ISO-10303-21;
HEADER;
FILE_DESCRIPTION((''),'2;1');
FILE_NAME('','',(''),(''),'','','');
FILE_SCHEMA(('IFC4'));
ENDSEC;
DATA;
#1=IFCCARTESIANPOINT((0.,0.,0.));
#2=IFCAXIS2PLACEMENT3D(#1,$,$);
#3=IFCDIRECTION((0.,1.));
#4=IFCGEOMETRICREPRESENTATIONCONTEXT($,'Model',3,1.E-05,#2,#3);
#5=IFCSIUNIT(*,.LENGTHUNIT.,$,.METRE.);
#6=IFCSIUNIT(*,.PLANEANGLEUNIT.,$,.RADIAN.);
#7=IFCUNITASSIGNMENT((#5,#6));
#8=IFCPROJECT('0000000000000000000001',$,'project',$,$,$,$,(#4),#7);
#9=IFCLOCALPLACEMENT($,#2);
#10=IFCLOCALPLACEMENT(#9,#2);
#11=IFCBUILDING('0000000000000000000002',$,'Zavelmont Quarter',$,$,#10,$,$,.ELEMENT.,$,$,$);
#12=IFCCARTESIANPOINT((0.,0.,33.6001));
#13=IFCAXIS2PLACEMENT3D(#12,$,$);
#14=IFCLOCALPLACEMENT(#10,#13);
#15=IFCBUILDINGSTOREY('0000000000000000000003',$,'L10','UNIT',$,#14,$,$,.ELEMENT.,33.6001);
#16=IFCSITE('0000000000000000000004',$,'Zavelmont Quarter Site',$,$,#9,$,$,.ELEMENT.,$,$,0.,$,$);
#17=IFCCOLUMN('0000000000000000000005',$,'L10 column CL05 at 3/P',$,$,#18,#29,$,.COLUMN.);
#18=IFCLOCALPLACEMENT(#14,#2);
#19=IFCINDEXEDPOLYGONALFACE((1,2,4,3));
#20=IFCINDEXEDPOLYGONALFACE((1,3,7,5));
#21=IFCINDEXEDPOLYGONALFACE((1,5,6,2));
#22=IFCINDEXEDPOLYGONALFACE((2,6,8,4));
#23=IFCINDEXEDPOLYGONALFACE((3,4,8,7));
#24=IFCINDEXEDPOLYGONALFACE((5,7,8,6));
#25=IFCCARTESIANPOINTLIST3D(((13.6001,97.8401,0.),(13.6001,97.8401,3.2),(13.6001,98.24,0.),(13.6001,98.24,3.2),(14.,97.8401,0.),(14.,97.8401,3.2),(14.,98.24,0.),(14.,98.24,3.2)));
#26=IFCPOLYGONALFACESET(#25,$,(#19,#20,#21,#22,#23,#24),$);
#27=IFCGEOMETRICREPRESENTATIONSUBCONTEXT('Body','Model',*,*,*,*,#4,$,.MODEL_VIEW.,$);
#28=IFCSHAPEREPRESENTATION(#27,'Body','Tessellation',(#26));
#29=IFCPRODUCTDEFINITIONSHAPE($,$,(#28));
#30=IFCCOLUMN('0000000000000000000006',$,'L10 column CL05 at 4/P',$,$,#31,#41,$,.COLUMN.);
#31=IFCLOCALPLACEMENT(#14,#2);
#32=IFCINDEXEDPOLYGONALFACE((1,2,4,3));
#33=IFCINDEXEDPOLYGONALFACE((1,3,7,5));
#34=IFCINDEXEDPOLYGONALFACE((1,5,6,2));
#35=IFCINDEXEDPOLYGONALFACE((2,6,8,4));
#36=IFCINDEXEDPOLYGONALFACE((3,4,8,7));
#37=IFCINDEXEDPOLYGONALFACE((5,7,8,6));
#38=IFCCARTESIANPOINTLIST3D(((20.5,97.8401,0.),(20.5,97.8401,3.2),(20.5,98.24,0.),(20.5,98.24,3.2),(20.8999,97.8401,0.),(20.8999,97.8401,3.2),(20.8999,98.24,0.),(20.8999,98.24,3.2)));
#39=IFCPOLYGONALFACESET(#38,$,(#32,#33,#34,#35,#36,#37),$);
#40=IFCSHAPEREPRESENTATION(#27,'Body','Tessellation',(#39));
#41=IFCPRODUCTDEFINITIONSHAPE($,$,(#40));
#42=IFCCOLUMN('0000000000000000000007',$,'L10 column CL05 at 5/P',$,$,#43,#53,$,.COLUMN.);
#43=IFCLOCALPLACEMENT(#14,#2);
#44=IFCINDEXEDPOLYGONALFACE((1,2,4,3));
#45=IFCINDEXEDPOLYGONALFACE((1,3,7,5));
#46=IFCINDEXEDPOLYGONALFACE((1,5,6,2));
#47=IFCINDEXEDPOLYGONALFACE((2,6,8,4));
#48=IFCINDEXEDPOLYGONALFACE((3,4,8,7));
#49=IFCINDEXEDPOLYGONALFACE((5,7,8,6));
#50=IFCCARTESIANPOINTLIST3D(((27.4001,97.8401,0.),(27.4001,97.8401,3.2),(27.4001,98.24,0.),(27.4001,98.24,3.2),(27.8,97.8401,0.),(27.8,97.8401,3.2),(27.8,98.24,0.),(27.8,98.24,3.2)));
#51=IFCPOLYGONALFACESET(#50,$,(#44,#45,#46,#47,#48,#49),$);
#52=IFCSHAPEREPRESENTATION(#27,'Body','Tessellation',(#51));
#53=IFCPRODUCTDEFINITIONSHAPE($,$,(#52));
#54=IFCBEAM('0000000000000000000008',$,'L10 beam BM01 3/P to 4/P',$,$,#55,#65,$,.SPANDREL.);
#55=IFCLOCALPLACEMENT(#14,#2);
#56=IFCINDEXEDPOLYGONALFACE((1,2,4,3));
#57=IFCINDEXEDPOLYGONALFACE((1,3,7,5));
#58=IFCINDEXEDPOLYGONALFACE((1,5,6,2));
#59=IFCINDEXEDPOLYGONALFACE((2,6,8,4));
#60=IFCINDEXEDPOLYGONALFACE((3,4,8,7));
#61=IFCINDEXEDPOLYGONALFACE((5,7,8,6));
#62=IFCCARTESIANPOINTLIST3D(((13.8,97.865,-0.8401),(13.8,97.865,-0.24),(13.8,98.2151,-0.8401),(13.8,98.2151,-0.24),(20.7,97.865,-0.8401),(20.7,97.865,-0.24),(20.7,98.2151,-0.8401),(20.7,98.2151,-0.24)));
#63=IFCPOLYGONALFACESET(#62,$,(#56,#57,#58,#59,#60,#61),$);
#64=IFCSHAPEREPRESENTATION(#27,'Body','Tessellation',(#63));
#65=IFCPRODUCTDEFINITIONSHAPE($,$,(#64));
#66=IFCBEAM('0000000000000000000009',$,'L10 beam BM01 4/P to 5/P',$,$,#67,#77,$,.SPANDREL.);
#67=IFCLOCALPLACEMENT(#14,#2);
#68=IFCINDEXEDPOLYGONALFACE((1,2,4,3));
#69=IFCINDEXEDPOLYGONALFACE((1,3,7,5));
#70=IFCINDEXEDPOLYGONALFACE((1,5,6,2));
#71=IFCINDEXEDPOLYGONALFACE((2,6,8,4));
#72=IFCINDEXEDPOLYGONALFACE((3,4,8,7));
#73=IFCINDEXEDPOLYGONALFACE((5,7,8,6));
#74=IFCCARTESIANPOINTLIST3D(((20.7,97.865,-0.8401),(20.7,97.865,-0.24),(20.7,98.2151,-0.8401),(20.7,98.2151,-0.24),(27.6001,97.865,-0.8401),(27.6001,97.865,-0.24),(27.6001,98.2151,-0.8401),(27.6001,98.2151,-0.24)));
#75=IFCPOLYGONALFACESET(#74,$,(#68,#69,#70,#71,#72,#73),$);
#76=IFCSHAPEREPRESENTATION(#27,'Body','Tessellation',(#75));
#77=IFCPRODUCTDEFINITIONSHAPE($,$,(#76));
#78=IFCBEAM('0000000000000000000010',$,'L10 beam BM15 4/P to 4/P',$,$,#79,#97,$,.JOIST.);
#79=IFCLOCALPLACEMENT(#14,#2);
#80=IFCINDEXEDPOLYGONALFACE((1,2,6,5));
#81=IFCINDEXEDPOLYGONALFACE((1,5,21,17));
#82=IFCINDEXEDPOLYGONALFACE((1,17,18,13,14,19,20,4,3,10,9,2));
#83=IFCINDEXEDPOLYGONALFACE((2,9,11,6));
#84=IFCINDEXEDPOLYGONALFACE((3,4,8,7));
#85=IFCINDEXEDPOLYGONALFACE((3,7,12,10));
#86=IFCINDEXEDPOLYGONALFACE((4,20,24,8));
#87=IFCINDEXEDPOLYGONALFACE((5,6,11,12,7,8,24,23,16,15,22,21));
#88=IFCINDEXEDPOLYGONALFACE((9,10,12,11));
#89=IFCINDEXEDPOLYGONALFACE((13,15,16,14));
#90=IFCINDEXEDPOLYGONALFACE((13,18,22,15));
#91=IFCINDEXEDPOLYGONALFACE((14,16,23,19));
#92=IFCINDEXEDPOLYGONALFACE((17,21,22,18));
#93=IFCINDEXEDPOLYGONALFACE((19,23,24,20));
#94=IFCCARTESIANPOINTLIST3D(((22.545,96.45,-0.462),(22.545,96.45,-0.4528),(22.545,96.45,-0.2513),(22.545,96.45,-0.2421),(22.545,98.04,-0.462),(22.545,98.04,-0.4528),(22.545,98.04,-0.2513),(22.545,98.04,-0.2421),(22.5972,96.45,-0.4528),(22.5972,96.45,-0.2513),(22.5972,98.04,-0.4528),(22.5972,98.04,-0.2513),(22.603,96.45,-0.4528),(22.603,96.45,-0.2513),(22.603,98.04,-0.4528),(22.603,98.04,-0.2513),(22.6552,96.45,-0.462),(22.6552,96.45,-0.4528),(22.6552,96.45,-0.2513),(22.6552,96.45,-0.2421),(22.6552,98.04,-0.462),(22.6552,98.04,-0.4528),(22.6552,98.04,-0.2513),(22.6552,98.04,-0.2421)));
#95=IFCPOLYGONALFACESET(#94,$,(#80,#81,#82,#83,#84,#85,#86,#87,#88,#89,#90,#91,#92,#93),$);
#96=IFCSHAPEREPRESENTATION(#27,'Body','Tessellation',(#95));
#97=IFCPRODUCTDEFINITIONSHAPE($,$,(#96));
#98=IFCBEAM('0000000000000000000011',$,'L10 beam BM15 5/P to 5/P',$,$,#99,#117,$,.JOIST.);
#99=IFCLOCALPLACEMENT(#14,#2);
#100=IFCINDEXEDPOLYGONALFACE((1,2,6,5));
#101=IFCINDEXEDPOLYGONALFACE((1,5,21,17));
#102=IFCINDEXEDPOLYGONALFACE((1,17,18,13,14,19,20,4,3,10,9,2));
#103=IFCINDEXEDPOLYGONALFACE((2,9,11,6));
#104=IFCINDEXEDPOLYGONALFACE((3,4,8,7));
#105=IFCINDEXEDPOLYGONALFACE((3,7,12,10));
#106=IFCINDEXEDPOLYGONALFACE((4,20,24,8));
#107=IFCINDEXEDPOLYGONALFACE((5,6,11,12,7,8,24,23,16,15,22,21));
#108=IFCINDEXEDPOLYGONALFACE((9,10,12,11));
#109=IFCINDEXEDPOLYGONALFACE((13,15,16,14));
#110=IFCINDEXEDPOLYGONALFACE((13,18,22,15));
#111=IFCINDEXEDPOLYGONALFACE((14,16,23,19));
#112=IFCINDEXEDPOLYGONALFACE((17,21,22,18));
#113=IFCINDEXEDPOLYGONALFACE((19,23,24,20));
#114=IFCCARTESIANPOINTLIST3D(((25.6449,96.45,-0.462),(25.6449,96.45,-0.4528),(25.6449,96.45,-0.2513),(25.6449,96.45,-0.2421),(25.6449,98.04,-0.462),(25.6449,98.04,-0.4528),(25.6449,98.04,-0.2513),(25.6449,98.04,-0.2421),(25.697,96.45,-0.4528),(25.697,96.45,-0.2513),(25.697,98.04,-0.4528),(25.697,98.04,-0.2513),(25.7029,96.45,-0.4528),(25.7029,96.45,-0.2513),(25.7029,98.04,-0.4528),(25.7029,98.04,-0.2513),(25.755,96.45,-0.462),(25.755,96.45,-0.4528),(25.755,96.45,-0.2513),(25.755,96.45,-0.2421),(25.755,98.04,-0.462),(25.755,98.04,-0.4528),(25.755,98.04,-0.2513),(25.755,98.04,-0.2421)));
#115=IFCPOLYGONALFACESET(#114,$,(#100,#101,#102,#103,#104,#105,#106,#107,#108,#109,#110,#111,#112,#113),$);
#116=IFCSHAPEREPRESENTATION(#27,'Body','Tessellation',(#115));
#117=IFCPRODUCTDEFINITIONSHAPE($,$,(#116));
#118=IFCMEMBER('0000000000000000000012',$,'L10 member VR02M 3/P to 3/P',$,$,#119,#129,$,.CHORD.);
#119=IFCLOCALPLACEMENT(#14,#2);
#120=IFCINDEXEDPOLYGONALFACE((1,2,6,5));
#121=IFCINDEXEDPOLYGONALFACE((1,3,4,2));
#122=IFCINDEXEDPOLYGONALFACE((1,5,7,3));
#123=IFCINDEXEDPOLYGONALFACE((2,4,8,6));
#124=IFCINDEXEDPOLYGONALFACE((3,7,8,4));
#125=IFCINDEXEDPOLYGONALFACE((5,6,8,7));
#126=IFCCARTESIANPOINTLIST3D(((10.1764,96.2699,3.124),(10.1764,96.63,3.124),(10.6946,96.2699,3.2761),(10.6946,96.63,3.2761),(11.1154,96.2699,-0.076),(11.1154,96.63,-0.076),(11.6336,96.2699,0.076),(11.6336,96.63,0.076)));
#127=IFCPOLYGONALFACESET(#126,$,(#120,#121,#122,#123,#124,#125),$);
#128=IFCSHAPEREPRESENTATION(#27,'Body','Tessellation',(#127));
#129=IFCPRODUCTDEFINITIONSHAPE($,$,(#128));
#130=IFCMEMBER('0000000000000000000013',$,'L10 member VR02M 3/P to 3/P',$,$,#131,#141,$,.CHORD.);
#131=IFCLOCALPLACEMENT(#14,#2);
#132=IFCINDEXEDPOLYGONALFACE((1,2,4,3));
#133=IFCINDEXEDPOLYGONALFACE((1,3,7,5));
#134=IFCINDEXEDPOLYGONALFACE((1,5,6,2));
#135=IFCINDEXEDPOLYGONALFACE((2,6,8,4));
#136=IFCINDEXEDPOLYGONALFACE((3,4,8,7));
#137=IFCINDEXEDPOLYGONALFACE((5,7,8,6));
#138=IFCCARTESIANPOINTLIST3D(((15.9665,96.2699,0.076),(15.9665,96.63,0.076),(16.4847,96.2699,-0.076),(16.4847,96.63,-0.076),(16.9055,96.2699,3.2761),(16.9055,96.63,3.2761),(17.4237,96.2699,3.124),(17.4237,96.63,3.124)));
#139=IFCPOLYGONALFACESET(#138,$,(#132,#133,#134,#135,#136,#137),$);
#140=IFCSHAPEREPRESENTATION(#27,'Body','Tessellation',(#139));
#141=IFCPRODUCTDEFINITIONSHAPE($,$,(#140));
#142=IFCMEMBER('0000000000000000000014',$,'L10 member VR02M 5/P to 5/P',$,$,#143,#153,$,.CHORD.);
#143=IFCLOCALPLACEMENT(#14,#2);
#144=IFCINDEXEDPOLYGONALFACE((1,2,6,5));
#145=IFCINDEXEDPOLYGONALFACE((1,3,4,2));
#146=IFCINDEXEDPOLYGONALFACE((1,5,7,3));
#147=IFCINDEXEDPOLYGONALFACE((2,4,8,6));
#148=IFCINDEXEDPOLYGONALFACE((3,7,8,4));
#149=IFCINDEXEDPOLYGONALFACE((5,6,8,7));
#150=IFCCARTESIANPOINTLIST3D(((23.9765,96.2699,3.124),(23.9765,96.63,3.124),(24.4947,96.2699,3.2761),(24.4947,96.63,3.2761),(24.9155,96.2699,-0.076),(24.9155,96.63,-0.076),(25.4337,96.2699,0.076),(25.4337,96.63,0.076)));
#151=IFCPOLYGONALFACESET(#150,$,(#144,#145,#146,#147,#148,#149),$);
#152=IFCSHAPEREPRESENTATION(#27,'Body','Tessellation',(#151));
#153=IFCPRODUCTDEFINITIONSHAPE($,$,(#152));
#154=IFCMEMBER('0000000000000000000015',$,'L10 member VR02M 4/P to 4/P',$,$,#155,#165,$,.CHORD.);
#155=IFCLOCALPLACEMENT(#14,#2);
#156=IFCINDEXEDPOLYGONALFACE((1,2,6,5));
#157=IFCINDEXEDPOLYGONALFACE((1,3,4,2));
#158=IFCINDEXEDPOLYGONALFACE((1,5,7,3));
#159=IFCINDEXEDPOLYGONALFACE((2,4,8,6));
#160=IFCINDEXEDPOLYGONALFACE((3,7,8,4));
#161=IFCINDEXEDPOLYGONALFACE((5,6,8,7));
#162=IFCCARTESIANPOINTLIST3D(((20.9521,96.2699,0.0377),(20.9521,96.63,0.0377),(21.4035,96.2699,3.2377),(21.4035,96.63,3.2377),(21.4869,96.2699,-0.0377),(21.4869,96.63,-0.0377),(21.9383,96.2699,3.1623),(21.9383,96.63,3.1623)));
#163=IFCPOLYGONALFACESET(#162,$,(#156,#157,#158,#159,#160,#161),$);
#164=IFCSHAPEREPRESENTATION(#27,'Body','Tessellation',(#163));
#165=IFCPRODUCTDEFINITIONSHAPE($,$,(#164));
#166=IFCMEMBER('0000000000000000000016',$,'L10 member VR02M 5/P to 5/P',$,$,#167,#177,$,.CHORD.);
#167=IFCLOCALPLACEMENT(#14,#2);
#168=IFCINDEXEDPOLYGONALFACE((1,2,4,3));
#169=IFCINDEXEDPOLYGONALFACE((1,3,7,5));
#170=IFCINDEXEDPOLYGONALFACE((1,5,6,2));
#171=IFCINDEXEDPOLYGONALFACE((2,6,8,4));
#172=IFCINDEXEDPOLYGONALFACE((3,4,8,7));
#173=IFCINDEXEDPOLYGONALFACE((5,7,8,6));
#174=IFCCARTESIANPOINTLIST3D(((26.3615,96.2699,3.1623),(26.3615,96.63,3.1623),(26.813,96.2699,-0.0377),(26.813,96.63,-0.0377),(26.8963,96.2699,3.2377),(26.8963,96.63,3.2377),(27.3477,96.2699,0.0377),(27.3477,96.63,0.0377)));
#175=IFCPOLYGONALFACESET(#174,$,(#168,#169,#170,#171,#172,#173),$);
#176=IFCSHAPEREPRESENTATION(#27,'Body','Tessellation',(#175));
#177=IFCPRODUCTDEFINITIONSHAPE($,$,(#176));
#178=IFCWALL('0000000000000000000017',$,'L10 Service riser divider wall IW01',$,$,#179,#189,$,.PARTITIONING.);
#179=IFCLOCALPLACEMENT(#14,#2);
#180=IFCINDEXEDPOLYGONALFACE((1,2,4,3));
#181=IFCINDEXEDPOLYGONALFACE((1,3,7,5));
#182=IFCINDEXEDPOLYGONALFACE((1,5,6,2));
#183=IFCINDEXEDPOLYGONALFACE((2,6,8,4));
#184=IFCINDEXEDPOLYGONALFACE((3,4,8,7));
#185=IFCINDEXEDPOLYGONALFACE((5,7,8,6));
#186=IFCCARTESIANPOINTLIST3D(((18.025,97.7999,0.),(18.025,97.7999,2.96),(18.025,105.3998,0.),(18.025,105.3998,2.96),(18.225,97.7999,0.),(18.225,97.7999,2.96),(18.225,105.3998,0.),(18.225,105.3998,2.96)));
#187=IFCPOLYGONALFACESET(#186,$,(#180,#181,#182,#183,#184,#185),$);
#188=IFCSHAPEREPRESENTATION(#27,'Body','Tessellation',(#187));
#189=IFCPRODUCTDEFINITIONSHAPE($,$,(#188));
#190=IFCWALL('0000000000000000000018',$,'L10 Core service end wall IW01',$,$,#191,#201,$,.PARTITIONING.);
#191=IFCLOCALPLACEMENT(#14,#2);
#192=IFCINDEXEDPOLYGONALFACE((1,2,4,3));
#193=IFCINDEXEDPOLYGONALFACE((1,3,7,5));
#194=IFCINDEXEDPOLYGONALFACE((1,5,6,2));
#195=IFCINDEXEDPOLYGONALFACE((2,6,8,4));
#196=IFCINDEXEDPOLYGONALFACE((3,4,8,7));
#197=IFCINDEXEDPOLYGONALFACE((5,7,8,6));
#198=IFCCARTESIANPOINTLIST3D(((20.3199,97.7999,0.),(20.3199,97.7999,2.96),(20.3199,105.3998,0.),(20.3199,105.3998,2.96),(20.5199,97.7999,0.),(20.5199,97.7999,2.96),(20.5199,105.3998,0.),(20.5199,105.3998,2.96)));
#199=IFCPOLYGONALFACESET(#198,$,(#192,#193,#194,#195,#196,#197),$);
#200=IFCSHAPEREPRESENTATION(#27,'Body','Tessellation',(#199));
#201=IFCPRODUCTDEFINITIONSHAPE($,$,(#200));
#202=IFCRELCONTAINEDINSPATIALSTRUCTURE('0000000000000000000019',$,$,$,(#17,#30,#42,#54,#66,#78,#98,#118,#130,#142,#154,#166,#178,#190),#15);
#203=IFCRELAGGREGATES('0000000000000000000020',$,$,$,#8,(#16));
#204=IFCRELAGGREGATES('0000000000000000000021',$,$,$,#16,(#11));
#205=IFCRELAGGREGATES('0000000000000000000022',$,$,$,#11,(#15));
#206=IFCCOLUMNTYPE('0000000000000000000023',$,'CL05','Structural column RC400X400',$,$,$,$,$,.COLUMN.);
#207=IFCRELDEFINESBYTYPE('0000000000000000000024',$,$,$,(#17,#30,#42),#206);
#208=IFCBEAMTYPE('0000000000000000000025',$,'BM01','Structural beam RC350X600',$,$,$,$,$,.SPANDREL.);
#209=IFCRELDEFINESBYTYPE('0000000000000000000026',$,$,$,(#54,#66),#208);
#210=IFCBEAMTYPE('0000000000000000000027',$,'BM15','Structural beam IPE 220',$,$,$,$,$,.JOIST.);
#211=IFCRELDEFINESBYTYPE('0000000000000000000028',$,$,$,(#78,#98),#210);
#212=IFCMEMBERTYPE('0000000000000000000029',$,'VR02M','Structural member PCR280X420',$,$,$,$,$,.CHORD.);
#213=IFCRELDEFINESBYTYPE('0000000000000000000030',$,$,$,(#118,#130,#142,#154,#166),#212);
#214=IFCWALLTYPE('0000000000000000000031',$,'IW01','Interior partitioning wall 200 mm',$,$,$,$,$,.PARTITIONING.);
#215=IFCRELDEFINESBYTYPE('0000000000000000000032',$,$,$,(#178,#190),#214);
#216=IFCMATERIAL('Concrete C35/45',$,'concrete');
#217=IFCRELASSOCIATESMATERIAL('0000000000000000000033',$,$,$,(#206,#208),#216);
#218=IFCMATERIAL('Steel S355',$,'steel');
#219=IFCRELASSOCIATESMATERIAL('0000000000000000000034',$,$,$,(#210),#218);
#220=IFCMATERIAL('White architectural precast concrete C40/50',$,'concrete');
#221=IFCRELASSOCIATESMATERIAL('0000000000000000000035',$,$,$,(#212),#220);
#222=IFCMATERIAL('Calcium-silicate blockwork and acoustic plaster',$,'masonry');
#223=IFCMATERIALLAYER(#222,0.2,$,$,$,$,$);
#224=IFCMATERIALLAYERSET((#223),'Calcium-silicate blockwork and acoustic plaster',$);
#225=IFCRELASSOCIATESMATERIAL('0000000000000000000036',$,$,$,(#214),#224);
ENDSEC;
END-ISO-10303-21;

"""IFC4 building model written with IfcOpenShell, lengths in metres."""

from ifc_helpers import new_model, si_unit, direction, frame, frame_2d, origin, origin_2d, place, context, subcontext, project, spatial, rectangle, i_section, extrude, material, layer, layer_set, material_profile, profile_set, type_object, element, save


model = new_model("IFC4")

# Units and contexts
model_context = context("Model", 3, precision=1e-05, world=origin(), true_north=direction((0.0, 1.0)))
body_context = subcontext(model_context, "Body", "Model", "MODEL_VIEW")
ifc_project = project(units=[si_unit("LENGTHUNIT", "METRE"), si_unit("PLANEANGLEUNIT", "RADIAN")], contexts=[model_context])

# Site, building, storey
site_placement = place(None, origin())
site = spatial("IfcSite", under=ifc_project, at=site_placement, Name="Zavelmont Quarter Site", CompositionType="ELEMENT", RefElevation=0.0)
building_placement = place(site_placement, origin())
building = spatial("IfcBuilding", under=site, at=building_placement, Name="Zavelmont Quarter", CompositionType="ELEMENT")
storey_placement = place(building_placement, frame((0.0, 0.0, 33.6001)))
storey = spatial("IfcBuildingStorey", under=building, at=storey_placement, Name="L10", Description="UNIT", CompositionType="ELEMENT", Elevation=33.6001)

# Columns
ifc_material_1 = material(Name="Concrete C35/45", Category="concrete")
ifc_material_profile_1 = material_profile(ifc_material_1, rectangle(XDim=0.3999, YDim=0.3999, at=origin_2d()), Name="RC400X400")
ifc_profile_set_1 = profile_set([ifc_material_profile_1], Name="Concrete C35/45")
column_type = type_object("IfcColumnType", Name="CL05", Description="Structural column RC400X400", PredefinedType="COLUMN", material=ifc_profile_set_1)
for number, where, z_axis, x_axis, name in (
    (1, (13.8, 98.04, 0.0), (0.0, 0.0, 1.0), (1.0, 0.0, 0.0), "L10 column CL05 at 3/P"),
    (2, (20.7, 98.04, 0.0), (0.0, 0.0, 1.0), (1.0, 0.0, 0.0), "L10 column CL05 at 4/P"),
    (3, (27.6001, 98.04, 0.0), (0.0, 0.0, 1.0), (1.0, 0.0, 0.0), "L10 column CL05 at 5/P"),
):
    element("IfcColumn", number, at=place(storey_placement, frame(where, z_axis=z_axis, x_axis=x_axis)), inside=storey, type_object=column_type, Name=name, PredefinedType="COLUMN", context=body_context, shape_type="SweptSolid", body=[
        extrude(rectangle(XDim=0.3999, YDim=0.3999, at=origin_2d()), origin(), (0.0, 0.0, 1.0), 3.2),
    ])

# Beams
ifc_material_profile_2 = material_profile(ifc_material_1, rectangle(XDim=0.3501, YDim=0.6001, at=origin_2d()), Name="RC350X600")
ifc_profile_set_2 = profile_set([ifc_material_profile_2], Name="Concrete C35/45")
beam_type_1 = type_object("IfcBeamType", Name="BM01", Description="Structural beam RC350X600", PredefinedType="SPANDREL", material=ifc_profile_set_2)
beam_1_placement = place(storey_placement, frame((13.8, 98.04, -0.54), z_axis=(1.0, 0.0, 0.0), x_axis=(0.0, 1.0, 0.0)))
element("IfcBeam", 4, at=beam_1_placement, inside=storey, type_object=beam_type_1, Name="L10 beam BM01 3/P to 4/P", PredefinedType="SPANDREL", context=body_context, shape_type="SweptSolid", body=[
    extrude(rectangle(XDim=0.3501, YDim=0.6001, at=origin_2d()), origin(), (0.0, 0.0, 1.0), 6.8999),
])
beam_2_placement = place(storey_placement, frame((20.7, 98.04, -0.54), z_axis=(1.0, 0.0, 0.0), x_axis=(0.0, 1.0, 0.0)))
element("IfcBeam", 5, at=beam_2_placement, inside=storey, type_object=beam_type_1, Name="L10 beam BM01 4/P to 5/P", PredefinedType="SPANDREL", context=body_context, shape_type="SweptSolid", body=[
    extrude(rectangle(XDim=0.3501, YDim=0.6001, at=origin_2d()), origin(), (0.0, 0.0, 1.0), 6.9001),
])
ifc_material_2 = material(Name="Steel S355", Category="steel")
ifc_material_profile_3 = material_profile(ifc_material_2, i_section(OverallWidth=0.1101, OverallDepth=0.22, WebThickness=0.0059, FlangeThickness=0.0093, at=origin_2d()), Name="IPE 220")
ifc_profile_set_3 = profile_set([ifc_material_profile_3], Name="Steel S355")
beam_type_2 = type_object("IfcBeamType", Name="BM15", Description="Structural beam IPE 220", PredefinedType="JOIST", material=ifc_profile_set_3)
for number, where, z_axis, x_axis, name in (
    (6, (22.6001, 98.04, -0.3521), (0.0, -1.0, 0.0), (1.0, 0.0, 0.0), "L10 beam BM15 4/P to 4/P"),
    (7, (25.7, 98.04, -0.3521), (0.0, -1.0, 0.0), (1.0, 0.0, 0.0), "L10 beam BM15 5/P to 5/P"),
):
    element("IfcBeam", number, at=place(storey_placement, frame(where, z_axis=z_axis, x_axis=x_axis)), inside=storey, type_object=beam_type_2, Name=name, PredefinedType="JOIST", context=body_context, shape_type="SweptSolid", body=[
        extrude(i_section(OverallWidth=0.1101, OverallDepth=0.22, WebThickness=0.0059, FlangeThickness=0.0093, at=origin_2d()), origin(), (0.0, 0.0, 1.0), 1.5901),
    ])

# Members
ifc_material_3 = material(Name="White architectural precast concrete C40/50", Category="concrete")
ifc_material_profile_4 = material_profile(ifc_material_3, rectangle(XDim=0.3601, YDim=0.54, at=origin_2d()), Name="PCR280X420")
ifc_profile_set_4 = profile_set([ifc_material_profile_4], Name="White architectural precast concrete C40/50")
member_type = type_object("IfcMemberType", Name="VR02M", Description="Structural member PCR280X420", PredefinedType="CHORD", material=ifc_profile_set_4)
for number, where, z_axis, x_axis, name in (
    (8, (11.3745, 96.45, 0.0), (-0.28156, 0.0, 0.959544), (0.0, -1.0, 0.0), "L10 member VR02M 3/P to 3/P"),
    (9, (16.2256, 96.45, 0.0), (0.28156, 0.0, 0.959544), (0.0, 1.0, 0.0), "L10 member VR02M 3/P to 3/P"),
    (10, (25.1746, 96.45, 0.0), (-0.28156, 0.0, 0.959544), (0.0, -1.0, 0.0), "L10 member VR02M 5/P to 5/P"),
):
    element("IfcMember", number, at=place(storey_placement, frame(where, z_axis=z_axis, x_axis=x_axis)), inside=storey, type_object=member_type, Name=name, PredefinedType="CHORD", context=body_context, shape_type="SweptSolid", body=[
        extrude(rectangle(XDim=0.3601, YDim=0.54, at=origin_2d()), origin(), (0.0, 0.0, 1.0), 3.335),
    ])
for number, where, z_axis, x_axis, name in (
    (11, (21.2195, 96.45, 0.0), (0.139687, 0.0, 0.990196), (0.0, 1.0, 0.0), "L10 member VR02M 4/P to 4/P"),
    (12, (27.0803, 96.45, 0.0), (-0.139687, 0.0, 0.990196), (0.0, -1.0, 0.0), "L10 member VR02M 5/P to 5/P"),
):
    element("IfcMember", number, at=place(storey_placement, frame(where, z_axis=z_axis, x_axis=x_axis)), inside=storey, type_object=member_type, Name=name, PredefinedType="CHORD", context=body_context, shape_type="SweptSolid", body=[
        extrude(rectangle(XDim=0.3601, YDim=0.54, at=origin_2d()), origin(), (0.0, 0.0, 1.0), 3.2317),
    ])

# Walls
ifc_material_4 = material(Name="Calcium-silicate blockwork and acoustic plaster", Category="masonry")
ifc_layer_1 = layer(ifc_material_4, 0.2)
ifc_layer_set_1 = layer_set([ifc_layer_1], Name="Calcium-silicate blockwork and acoustic plaster")
wall_type_1 = type_object("IfcWallType", Name="IW01", Description="Interior partitioning wall 200 mm", PredefinedType="PARTITIONING", material=ifc_layer_set_1)
for number, where, z_axis, x_axis, name in (
    (13, (18.125, 97.8, 0.0), (0.0, 0.0, 1.0), (0.0, 1.0, 0.0), "L10 Service riser divider wall IW01"),
    (14, (20.4199, 97.8, 0.0), (0.0, 0.0, 1.0), (0.0, 1.0, 0.0), "L10 Core service end wall IW01"),
):
    element("IfcWall", number, at=place(storey_placement, frame(where, z_axis=z_axis, x_axis=x_axis)), inside=storey, type_object=wall_type_1, Name=name, PredefinedType="PARTITIONING", context=body_context, shape_type="SweptSolid", body=[
        extrude(rectangle(XDim=7.5999, YDim=0.2, at=frame_2d((3.7998, 0.0))), origin(), (0.0, 0.0, 1.0), 2.96),
    ])

save(model, "model.ifc")
